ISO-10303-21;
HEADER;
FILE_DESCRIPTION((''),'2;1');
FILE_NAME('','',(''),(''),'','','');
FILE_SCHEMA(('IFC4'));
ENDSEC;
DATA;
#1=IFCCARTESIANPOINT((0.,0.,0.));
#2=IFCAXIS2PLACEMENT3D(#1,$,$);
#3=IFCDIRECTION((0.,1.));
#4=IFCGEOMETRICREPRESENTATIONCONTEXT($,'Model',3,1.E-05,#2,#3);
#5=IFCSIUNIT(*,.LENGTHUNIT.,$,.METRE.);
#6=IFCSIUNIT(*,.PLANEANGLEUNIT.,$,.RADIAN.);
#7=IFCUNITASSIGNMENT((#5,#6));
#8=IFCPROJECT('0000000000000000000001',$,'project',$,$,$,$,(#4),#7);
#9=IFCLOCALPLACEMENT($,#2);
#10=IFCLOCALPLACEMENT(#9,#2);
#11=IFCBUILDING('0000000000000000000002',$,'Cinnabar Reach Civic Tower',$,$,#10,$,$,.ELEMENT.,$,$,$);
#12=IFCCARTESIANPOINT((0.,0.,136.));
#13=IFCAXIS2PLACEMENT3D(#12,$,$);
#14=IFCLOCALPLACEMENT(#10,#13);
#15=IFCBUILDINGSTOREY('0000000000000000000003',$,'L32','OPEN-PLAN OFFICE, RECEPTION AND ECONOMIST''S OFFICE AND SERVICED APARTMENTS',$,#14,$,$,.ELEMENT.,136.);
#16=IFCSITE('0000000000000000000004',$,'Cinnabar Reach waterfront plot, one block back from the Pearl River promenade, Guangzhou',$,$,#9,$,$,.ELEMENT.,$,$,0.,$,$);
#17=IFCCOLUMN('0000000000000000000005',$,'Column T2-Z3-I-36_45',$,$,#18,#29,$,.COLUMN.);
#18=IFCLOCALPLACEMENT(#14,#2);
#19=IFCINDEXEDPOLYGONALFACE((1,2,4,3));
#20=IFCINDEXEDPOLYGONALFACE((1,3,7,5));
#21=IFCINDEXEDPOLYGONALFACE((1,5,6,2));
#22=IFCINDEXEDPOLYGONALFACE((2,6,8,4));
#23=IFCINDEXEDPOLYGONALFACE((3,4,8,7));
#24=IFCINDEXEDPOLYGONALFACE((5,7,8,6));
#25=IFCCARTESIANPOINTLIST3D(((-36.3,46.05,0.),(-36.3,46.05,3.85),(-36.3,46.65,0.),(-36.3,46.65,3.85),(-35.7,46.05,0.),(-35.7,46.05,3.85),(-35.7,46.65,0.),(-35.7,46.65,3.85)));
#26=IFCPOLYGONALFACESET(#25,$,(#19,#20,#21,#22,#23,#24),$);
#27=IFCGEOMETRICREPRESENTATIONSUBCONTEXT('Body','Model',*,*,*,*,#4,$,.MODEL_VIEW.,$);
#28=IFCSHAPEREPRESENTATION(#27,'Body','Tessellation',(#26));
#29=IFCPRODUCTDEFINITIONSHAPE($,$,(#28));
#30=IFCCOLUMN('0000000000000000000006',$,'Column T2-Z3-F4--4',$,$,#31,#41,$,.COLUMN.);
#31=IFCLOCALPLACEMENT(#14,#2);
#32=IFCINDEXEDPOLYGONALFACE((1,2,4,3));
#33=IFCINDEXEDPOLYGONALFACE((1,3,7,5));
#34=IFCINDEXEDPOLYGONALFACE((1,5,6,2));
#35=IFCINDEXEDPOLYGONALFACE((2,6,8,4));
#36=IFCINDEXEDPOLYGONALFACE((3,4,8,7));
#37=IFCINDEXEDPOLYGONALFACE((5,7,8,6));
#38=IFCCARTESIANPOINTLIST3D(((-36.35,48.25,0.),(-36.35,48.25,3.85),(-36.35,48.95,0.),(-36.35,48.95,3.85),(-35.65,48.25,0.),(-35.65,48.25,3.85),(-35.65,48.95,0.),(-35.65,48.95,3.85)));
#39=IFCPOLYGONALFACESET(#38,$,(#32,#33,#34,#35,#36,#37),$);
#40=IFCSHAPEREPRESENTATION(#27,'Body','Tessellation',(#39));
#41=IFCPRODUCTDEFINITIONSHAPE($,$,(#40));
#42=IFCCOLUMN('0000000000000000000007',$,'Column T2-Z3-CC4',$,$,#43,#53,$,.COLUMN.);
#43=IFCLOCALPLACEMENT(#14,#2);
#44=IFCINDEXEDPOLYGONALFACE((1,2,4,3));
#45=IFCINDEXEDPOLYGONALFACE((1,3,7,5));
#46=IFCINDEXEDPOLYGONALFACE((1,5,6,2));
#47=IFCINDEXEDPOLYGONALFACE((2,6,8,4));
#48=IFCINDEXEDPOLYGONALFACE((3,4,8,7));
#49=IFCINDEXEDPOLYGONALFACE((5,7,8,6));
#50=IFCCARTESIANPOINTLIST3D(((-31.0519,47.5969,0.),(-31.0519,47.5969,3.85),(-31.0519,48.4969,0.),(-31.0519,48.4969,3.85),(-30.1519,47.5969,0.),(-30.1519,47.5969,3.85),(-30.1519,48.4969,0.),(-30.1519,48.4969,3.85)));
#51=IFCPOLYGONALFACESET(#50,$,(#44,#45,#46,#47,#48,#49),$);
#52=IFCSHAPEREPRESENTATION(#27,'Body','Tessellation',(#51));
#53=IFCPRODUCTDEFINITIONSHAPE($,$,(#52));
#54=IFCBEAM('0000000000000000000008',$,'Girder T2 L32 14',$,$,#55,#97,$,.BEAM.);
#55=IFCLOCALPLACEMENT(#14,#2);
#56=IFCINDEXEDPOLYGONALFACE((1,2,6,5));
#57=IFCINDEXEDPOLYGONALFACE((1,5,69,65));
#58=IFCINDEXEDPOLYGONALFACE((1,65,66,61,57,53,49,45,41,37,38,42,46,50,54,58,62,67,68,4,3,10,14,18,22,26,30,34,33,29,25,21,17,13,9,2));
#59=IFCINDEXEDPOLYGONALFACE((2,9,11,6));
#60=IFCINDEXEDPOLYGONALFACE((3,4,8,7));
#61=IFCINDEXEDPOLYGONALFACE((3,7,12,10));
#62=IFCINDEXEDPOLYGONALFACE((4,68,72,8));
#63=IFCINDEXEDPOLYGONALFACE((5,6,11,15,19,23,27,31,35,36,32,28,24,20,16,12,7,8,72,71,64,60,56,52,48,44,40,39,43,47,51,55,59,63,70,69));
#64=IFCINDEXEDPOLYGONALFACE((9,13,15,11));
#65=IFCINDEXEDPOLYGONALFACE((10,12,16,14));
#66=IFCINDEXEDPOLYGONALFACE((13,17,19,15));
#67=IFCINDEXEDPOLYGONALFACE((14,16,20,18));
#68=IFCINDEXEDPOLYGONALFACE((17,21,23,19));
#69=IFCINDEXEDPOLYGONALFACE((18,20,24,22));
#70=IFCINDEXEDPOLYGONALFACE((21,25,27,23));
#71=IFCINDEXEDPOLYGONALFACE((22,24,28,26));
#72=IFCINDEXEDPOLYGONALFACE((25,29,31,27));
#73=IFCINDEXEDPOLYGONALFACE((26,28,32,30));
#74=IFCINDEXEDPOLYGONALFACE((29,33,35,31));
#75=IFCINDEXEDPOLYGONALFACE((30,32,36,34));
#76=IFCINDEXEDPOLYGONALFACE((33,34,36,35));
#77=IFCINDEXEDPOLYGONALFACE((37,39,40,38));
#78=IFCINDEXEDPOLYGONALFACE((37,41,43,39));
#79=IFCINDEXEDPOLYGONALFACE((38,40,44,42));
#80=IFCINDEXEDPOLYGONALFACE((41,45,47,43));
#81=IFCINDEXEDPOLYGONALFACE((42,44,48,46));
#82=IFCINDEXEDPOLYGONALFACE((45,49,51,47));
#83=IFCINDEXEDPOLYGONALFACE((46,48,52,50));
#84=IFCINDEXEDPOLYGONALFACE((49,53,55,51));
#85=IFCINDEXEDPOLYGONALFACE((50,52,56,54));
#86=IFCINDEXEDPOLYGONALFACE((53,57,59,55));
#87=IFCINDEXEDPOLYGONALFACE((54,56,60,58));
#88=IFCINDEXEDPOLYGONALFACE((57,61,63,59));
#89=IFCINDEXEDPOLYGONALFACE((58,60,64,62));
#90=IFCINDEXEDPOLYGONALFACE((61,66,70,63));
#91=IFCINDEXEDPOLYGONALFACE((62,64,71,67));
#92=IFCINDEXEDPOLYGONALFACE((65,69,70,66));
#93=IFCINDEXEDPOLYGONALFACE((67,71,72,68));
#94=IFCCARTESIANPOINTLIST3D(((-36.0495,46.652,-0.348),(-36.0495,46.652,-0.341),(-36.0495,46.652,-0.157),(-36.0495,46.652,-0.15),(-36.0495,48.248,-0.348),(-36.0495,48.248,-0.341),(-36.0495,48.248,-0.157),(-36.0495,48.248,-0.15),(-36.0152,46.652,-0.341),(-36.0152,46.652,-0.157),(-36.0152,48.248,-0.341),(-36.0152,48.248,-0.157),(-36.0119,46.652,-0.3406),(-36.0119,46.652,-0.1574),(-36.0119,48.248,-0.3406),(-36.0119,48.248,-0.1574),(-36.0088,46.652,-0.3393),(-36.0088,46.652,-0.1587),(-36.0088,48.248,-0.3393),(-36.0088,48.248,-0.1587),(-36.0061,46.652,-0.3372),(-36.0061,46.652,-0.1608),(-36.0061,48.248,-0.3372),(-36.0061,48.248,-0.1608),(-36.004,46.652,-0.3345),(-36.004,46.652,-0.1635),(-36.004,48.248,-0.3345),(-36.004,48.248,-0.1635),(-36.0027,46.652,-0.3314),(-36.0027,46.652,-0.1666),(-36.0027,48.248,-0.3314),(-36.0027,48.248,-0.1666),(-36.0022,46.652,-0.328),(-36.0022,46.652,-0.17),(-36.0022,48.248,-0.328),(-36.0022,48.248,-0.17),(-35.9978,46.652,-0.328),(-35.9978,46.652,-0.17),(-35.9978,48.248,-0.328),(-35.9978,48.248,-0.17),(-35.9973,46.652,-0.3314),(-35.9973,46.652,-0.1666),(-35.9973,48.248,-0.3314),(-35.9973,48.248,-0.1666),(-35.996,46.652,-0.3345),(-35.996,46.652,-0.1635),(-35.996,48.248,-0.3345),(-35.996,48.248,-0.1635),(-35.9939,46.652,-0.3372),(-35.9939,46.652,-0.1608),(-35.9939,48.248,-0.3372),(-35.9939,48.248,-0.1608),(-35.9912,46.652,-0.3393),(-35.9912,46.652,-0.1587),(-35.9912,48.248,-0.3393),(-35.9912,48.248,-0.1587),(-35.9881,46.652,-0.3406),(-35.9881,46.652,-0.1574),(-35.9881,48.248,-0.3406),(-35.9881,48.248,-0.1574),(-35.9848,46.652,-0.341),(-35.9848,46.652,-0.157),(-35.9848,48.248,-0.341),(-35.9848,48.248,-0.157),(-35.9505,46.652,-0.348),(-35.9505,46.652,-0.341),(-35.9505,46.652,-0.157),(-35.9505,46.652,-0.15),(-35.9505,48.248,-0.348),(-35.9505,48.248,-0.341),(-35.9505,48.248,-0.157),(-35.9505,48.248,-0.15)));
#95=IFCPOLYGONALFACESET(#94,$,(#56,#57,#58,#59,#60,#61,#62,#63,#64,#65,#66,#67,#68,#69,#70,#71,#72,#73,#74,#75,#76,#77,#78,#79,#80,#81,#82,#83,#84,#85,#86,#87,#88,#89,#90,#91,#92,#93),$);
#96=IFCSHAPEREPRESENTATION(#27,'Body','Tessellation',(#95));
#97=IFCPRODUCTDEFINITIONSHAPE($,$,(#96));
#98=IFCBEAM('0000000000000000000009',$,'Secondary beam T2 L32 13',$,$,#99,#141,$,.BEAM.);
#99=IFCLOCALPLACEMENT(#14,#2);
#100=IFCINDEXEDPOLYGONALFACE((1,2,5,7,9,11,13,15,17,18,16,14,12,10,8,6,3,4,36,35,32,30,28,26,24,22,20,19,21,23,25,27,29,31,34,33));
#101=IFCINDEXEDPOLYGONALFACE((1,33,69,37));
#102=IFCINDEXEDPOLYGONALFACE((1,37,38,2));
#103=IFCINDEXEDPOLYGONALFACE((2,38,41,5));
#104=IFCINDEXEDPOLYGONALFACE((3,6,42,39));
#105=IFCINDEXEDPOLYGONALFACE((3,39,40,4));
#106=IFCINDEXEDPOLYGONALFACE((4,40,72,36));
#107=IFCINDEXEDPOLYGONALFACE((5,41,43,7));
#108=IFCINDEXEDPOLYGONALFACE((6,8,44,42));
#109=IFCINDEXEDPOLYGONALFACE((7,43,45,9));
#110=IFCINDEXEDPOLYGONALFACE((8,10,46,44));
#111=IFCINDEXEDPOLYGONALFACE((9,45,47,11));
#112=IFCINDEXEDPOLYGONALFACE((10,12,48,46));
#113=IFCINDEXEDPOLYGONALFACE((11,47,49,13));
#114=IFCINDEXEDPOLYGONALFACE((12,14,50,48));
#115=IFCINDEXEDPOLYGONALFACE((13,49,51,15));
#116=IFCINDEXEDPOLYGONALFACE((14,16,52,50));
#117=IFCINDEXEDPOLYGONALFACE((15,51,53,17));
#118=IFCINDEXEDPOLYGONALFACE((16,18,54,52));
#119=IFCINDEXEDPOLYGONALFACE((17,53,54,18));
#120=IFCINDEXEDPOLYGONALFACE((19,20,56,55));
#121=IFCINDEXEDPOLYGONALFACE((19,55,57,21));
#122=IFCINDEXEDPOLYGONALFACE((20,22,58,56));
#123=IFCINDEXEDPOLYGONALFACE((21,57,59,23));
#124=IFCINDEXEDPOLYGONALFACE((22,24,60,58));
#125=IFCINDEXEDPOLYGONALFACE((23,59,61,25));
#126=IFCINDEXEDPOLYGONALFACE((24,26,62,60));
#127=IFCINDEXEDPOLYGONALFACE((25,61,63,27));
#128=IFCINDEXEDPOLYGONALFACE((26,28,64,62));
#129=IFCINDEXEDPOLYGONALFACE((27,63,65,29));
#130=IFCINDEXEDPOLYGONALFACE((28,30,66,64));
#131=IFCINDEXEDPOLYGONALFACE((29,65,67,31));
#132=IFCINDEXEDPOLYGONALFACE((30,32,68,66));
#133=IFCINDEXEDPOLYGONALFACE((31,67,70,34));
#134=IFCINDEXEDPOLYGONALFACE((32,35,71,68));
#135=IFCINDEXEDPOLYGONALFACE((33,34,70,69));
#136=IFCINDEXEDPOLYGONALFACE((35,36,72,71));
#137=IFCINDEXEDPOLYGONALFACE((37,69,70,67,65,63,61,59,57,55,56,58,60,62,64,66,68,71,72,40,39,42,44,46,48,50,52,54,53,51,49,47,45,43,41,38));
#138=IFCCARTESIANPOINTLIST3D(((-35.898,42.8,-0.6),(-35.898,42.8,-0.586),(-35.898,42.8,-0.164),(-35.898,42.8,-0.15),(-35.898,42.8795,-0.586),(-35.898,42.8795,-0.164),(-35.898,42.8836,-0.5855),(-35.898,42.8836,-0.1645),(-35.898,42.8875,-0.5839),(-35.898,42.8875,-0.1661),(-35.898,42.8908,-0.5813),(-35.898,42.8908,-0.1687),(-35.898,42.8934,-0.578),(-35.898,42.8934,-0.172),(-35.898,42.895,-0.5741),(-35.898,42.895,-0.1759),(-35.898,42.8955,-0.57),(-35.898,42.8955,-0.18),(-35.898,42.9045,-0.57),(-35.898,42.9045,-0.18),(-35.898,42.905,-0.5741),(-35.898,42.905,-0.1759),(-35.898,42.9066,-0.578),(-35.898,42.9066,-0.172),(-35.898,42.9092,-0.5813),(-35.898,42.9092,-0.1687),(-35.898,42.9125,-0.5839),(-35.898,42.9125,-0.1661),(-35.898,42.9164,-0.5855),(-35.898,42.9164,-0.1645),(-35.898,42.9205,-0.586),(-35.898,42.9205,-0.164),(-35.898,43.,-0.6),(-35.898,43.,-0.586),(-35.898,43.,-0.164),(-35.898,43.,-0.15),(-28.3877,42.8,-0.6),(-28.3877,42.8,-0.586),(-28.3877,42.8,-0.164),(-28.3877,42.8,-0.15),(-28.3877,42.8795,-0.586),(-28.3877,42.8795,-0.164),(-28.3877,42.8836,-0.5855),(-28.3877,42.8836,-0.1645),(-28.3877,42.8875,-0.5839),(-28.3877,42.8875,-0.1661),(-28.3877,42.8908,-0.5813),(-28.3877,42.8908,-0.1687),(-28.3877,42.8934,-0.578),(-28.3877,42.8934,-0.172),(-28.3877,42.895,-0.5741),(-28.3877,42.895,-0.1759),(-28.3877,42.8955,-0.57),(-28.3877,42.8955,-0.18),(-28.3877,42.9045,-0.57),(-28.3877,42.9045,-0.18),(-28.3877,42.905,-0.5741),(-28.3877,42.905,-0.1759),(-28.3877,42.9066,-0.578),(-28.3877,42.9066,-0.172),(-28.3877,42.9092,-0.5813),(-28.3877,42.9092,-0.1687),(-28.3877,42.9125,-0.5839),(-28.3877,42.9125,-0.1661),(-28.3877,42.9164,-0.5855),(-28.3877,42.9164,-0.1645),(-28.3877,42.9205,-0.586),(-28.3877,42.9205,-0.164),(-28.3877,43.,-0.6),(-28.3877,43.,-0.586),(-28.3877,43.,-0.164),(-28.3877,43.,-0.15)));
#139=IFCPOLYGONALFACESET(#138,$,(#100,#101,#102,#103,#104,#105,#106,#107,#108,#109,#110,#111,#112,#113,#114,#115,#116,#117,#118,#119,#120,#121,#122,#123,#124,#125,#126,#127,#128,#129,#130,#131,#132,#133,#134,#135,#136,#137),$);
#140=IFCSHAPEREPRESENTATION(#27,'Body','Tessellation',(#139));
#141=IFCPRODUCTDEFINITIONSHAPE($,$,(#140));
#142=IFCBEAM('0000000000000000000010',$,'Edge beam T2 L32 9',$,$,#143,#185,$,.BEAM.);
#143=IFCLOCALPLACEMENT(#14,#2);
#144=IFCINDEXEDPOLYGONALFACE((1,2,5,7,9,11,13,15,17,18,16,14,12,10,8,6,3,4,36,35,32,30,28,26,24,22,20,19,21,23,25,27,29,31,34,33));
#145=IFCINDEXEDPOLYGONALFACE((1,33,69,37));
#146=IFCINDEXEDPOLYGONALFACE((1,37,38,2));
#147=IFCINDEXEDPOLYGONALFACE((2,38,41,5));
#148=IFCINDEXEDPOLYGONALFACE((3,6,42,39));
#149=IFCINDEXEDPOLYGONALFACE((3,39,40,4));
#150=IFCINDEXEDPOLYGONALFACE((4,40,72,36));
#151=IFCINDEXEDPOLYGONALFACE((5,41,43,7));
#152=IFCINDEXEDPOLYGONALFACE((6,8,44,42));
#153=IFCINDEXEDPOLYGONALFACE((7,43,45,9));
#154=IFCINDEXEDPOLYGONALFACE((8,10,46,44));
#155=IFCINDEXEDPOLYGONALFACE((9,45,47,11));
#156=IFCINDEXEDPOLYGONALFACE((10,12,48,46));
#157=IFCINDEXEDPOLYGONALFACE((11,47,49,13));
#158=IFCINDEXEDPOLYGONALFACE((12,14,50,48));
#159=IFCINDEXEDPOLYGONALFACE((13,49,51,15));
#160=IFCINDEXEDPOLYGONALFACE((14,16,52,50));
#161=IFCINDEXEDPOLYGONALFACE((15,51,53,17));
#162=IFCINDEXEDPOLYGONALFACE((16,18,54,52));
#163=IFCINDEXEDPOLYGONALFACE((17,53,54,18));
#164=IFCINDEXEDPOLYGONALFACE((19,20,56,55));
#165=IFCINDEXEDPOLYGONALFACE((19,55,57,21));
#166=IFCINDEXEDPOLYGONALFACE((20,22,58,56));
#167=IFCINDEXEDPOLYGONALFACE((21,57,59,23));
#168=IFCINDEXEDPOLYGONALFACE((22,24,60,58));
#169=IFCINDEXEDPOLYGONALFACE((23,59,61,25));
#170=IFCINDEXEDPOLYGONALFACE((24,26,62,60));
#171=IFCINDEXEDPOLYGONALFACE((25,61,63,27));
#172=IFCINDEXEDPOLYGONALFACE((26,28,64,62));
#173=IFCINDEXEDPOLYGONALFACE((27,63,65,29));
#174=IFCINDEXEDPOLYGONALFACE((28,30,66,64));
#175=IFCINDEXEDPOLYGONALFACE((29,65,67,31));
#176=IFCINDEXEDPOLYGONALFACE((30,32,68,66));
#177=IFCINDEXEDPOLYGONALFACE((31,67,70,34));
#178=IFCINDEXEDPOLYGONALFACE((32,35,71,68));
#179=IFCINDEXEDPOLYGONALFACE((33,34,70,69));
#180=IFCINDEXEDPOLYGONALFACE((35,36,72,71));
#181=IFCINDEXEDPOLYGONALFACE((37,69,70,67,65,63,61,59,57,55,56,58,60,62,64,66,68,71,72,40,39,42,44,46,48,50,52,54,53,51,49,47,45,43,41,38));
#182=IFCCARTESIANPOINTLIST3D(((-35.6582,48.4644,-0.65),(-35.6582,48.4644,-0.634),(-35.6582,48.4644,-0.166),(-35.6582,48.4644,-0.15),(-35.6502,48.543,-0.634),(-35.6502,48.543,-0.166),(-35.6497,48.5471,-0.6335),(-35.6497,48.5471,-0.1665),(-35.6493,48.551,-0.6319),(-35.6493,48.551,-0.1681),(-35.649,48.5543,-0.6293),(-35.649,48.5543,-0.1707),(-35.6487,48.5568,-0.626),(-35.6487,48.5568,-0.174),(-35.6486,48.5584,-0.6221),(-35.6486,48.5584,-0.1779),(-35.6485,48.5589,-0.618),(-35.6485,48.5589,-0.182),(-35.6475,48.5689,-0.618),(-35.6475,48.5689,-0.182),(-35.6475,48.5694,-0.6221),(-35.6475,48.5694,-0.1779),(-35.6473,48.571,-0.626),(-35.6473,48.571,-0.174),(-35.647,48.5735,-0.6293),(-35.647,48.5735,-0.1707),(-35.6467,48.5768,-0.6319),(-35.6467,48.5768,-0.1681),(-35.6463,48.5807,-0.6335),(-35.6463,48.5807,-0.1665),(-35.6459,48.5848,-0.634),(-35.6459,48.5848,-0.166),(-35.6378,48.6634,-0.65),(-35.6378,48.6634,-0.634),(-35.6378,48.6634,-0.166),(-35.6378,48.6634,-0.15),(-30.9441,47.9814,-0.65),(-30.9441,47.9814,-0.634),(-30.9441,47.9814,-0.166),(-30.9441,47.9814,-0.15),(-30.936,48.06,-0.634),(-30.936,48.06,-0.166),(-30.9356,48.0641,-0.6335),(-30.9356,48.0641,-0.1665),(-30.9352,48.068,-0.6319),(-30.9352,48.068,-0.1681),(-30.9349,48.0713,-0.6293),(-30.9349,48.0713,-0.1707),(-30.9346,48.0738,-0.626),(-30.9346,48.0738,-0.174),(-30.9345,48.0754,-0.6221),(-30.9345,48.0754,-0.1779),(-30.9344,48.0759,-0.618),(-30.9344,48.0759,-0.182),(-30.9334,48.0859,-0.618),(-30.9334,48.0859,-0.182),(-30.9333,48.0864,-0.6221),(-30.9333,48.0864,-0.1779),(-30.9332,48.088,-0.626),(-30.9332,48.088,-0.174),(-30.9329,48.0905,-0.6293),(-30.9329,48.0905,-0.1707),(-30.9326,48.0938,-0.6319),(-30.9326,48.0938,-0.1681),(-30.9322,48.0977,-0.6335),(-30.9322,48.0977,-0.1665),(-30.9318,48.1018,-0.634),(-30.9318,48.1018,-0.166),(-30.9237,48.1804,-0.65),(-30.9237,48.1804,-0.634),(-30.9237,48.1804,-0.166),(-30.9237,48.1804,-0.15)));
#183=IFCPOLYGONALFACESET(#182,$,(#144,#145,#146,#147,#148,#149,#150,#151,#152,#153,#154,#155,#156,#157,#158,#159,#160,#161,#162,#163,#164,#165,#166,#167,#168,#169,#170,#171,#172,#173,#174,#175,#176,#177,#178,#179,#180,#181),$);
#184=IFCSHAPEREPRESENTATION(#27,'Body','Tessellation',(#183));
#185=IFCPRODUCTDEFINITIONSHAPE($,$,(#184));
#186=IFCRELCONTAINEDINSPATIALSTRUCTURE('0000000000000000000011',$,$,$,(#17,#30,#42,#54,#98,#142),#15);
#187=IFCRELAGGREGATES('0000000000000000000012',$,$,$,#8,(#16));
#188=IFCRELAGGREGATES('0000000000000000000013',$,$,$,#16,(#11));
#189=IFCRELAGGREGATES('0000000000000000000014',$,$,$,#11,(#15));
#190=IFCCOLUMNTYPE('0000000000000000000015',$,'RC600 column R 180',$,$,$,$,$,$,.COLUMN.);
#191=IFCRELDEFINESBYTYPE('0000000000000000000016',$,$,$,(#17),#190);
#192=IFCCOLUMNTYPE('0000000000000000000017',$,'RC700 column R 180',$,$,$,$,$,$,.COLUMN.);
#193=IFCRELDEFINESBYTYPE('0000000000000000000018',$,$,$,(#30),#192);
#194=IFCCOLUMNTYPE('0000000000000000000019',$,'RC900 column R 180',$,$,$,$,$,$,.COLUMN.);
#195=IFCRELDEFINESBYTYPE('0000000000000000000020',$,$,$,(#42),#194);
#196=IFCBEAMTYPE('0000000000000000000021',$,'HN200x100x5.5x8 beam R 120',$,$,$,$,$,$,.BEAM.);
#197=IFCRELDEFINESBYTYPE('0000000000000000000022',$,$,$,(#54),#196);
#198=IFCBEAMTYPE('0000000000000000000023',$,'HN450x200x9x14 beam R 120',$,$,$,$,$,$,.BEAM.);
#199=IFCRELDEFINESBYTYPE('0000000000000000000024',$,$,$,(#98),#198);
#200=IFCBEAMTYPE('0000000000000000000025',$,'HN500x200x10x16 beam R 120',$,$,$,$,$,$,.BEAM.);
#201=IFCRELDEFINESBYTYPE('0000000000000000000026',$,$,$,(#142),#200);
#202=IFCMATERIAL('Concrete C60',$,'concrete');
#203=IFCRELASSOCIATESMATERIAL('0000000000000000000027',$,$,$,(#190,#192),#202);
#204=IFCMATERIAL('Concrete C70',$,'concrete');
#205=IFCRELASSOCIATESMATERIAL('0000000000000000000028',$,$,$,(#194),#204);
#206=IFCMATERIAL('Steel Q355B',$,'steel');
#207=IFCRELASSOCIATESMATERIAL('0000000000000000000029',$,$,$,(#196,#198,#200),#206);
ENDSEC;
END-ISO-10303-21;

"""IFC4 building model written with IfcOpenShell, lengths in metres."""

from ifc_helpers import new_model, si_unit, direction, frame, origin, origin_2d, place, context, subcontext, project, spatial, rectangle, i_section, extrude, material, material_profile, profile_set, type_object, element, save


model = new_model("IFC4")

# Units and contexts
model_context = context("Model", 3, precision=1e-05, world=origin(), true_north=direction((0.0, 1.0)))
body_context = subcontext(model_context, "Body", "Model", "MODEL_VIEW")
ifc_project = project(units=[si_unit("LENGTHUNIT", "METRE"), si_unit("PLANEANGLEUNIT", "RADIAN")], contexts=[model_context])

# Site, building, storey
site_placement = place(None, origin())
site = spatial("IfcSite", under=ifc_project, at=site_placement, Name="Cinnabar Reach waterfront plot, one block back from the Pearl River promenade, Guangzhou", CompositionType="ELEMENT", RefElevation=0.0)
building_placement = place(site_placement, origin())
building = spatial("IfcBuilding", under=site, at=building_placement, Name="Cinnabar Reach Civic Tower", CompositionType="ELEMENT")
storey_placement = place(building_placement, frame((0.0, 0.0, 136.0)))
storey = spatial("IfcBuildingStorey", under=building, at=storey_placement, Name="L32", Description="OPEN-PLAN OFFICE, RECEPTION AND ECONOMIST'S OFFICE AND SERVICED APARTMENTS", CompositionType="ELEMENT", Elevation=136.0)

# Columns
ifc_material_1 = material(Name="Concrete C60", Category="concrete")
ifc_material_profile_1 = material_profile(ifc_material_1, rectangle(XDim=0.6, YDim=0.6, at=origin_2d()), Name="RC600")
ifc_profile_set_1 = profile_set([ifc_material_profile_1], Name="Concrete C60")
column_type_1 = type_object("IfcColumnType", Name="RC600 column R 180", PredefinedType="COLUMN", material=ifc_profile_set_1)
column_1_placement = place(storey_placement, frame((-36.0, 46.35, 0.0), z_axis=(0.0, 0.0, 1.0), x_axis=(1.0, 0.0, 0.0)))
element("IfcColumn", 1, at=column_1_placement, inside=storey, type_object=column_type_1, Name="Column T2-Z3-I-36_45", PredefinedType="COLUMN", context=body_context, shape_type="SweptSolid", body=[
    extrude(rectangle(XDim=0.6, YDim=0.6, at=origin_2d()), origin(), (0.0, 0.0, 1.0), 3.85),
])
ifc_material_profile_2 = material_profile(ifc_material_1, rectangle(XDim=0.7, YDim=0.7, at=origin_2d()), Name="RC700")
ifc_profile_set_2 = profile_set([ifc_material_profile_2], Name="Concrete C60")
column_type_2 = type_object("IfcColumnType", Name="RC700 column R 180", PredefinedType="COLUMN", material=ifc_profile_set_2)
column_2_placement = place(storey_placement, frame((-36.0, 48.6, 0.0), z_axis=(0.0, 0.0, 1.0), x_axis=(1.0, 0.0, 0.0)))
element("IfcColumn", 2, at=column_2_placement, inside=storey, type_object=column_type_2, Name="Column T2-Z3-F4--4", PredefinedType="COLUMN", context=body_context, shape_type="SweptSolid", body=[
    extrude(rectangle(XDim=0.7, YDim=0.7, at=origin_2d()), origin(), (0.0, 0.0, 1.0), 3.85),
])
ifc_material_2 = material(Name="Concrete C70", Category="concrete")
ifc_material_profile_3 = material_profile(ifc_material_2, rectangle(XDim=0.9, YDim=0.9, at=origin_2d()), Name="RC900")
ifc_profile_set_3 = profile_set([ifc_material_profile_3], Name="Concrete C70")
column_type_3 = type_object("IfcColumnType", Name="RC900 column R 180", PredefinedType="COLUMN", material=ifc_profile_set_3)
column_3_placement = place(storey_placement, frame((-30.6019, 48.0469, 0.0), z_axis=(0.0, 0.0, 1.0), x_axis=(1.0, 0.0, 0.0)))
element("IfcColumn", 3, at=column_3_placement, inside=storey, type_object=column_type_3, Name="Column T2-Z3-CC4", PredefinedType="COLUMN", context=body_context, shape_type="SweptSolid", body=[
    extrude(rectangle(XDim=0.9, YDim=0.9, at=origin_2d()), origin(), (0.0, 0.0, 1.0), 3.85),
])

# Beams
ifc_material_3 = material(Name="Steel Q355B", Category="steel")
ifc_material_profile_4 = material_profile(ifc_material_3, i_section(OverallWidth=0.099, OverallDepth=0.198, WebThickness=0.0045, FlangeThickness=0.007, FilletRadius=0.013, at=origin_2d()), Name="HN200x100x5.5x8")
ifc_profile_set_4 = profile_set([ifc_material_profile_4], Name="Steel Q355B")
beam_type_1 = type_object("IfcBeamType", Name="HN200x100x5.5x8 beam R 120", PredefinedType="BEAM", material=ifc_profile_set_4)
beam_1_placement = place(storey_placement, frame((-36.0, 46.652, -0.249), z_axis=(0.0, 1.0, 0.0), x_axis=(-1.0, 0.0, 0.0)))
element("IfcBeam", 4, at=beam_1_placement, inside=storey, type_object=beam_type_1, Name="Girder T2 L32 14", PredefinedType="BEAM", context=body_context, shape_type="SweptSolid", body=[
    extrude(i_section(OverallWidth=0.099, OverallDepth=0.198, WebThickness=0.0045, FlangeThickness=0.007, FilletRadius=0.013, at=origin_2d()), origin(), (0.0, 0.0, 1.0), 1.596),
])
ifc_material_profile_5 = material_profile(ifc_material_3, i_section(OverallWidth=0.2, OverallDepth=0.45, WebThickness=0.009, FlangeThickness=0.014, FilletRadius=0.016, at=origin_2d()), Name="HN450x200x9x14")
ifc_profile_set_5 = profile_set([ifc_material_profile_5], Name="Steel Q355B")
beam_type_2 = type_object("IfcBeamType", Name="HN450x200x9x14 beam R 120", PredefinedType="BEAM", material=ifc_profile_set_5)
beam_2_placement = place(storey_placement, frame((-35.898, 42.9, -0.375), z_axis=(1.0, 0.0, 0.0), x_axis=(0.0, 1.0, 0.0)))
element("IfcBeam", 5, at=beam_2_placement, inside=storey, type_object=beam_type_2, Name="Secondary beam T2 L32 13", PredefinedType="BEAM", context=body_context, shape_type="SweptSolid", body=[
    extrude(i_section(OverallWidth=0.2, OverallDepth=0.45, WebThickness=0.009, FlangeThickness=0.014, FilletRadius=0.016, at=origin_2d()), origin(), (0.0, 0.0, 1.0), 7.5103),
])
ifc_material_profile_6 = material_profile(ifc_material_3, i_section(OverallWidth=0.2, OverallDepth=0.5, WebThickness=0.01, FlangeThickness=0.016, FilletRadius=0.016, at=origin_2d()), Name="HN500x200x10x16")
ifc_profile_set_6 = profile_set([ifc_material_profile_6], Name="Steel Q355B")
beam_type_3 = type_object("IfcBeamType", Name="HN500x200x10x16 beam R 120", PredefinedType="BEAM", material=ifc_profile_set_6)
beam_3_placement = place(storey_placement, frame((-30.9339, 48.0809, -0.4), z_axis=(-0.994792, 0.101925, 0.0), x_axis=(-0.101925, -0.994792, 0.0)))
element("IfcBeam", 6, at=beam_3_placement, inside=storey, type_object=beam_type_3, Name="Edge beam T2 L32 9", PredefinedType="BEAM", context=body_context, shape_type="SweptSolid", body=[
    extrude(i_section(OverallWidth=0.2, OverallDepth=0.5, WebThickness=0.01, FlangeThickness=0.016, FilletRadius=0.016, at=origin_2d()), origin(), (0.0, 0.0, 1.0), 4.7388),
])

save(model, "model.ifc")
